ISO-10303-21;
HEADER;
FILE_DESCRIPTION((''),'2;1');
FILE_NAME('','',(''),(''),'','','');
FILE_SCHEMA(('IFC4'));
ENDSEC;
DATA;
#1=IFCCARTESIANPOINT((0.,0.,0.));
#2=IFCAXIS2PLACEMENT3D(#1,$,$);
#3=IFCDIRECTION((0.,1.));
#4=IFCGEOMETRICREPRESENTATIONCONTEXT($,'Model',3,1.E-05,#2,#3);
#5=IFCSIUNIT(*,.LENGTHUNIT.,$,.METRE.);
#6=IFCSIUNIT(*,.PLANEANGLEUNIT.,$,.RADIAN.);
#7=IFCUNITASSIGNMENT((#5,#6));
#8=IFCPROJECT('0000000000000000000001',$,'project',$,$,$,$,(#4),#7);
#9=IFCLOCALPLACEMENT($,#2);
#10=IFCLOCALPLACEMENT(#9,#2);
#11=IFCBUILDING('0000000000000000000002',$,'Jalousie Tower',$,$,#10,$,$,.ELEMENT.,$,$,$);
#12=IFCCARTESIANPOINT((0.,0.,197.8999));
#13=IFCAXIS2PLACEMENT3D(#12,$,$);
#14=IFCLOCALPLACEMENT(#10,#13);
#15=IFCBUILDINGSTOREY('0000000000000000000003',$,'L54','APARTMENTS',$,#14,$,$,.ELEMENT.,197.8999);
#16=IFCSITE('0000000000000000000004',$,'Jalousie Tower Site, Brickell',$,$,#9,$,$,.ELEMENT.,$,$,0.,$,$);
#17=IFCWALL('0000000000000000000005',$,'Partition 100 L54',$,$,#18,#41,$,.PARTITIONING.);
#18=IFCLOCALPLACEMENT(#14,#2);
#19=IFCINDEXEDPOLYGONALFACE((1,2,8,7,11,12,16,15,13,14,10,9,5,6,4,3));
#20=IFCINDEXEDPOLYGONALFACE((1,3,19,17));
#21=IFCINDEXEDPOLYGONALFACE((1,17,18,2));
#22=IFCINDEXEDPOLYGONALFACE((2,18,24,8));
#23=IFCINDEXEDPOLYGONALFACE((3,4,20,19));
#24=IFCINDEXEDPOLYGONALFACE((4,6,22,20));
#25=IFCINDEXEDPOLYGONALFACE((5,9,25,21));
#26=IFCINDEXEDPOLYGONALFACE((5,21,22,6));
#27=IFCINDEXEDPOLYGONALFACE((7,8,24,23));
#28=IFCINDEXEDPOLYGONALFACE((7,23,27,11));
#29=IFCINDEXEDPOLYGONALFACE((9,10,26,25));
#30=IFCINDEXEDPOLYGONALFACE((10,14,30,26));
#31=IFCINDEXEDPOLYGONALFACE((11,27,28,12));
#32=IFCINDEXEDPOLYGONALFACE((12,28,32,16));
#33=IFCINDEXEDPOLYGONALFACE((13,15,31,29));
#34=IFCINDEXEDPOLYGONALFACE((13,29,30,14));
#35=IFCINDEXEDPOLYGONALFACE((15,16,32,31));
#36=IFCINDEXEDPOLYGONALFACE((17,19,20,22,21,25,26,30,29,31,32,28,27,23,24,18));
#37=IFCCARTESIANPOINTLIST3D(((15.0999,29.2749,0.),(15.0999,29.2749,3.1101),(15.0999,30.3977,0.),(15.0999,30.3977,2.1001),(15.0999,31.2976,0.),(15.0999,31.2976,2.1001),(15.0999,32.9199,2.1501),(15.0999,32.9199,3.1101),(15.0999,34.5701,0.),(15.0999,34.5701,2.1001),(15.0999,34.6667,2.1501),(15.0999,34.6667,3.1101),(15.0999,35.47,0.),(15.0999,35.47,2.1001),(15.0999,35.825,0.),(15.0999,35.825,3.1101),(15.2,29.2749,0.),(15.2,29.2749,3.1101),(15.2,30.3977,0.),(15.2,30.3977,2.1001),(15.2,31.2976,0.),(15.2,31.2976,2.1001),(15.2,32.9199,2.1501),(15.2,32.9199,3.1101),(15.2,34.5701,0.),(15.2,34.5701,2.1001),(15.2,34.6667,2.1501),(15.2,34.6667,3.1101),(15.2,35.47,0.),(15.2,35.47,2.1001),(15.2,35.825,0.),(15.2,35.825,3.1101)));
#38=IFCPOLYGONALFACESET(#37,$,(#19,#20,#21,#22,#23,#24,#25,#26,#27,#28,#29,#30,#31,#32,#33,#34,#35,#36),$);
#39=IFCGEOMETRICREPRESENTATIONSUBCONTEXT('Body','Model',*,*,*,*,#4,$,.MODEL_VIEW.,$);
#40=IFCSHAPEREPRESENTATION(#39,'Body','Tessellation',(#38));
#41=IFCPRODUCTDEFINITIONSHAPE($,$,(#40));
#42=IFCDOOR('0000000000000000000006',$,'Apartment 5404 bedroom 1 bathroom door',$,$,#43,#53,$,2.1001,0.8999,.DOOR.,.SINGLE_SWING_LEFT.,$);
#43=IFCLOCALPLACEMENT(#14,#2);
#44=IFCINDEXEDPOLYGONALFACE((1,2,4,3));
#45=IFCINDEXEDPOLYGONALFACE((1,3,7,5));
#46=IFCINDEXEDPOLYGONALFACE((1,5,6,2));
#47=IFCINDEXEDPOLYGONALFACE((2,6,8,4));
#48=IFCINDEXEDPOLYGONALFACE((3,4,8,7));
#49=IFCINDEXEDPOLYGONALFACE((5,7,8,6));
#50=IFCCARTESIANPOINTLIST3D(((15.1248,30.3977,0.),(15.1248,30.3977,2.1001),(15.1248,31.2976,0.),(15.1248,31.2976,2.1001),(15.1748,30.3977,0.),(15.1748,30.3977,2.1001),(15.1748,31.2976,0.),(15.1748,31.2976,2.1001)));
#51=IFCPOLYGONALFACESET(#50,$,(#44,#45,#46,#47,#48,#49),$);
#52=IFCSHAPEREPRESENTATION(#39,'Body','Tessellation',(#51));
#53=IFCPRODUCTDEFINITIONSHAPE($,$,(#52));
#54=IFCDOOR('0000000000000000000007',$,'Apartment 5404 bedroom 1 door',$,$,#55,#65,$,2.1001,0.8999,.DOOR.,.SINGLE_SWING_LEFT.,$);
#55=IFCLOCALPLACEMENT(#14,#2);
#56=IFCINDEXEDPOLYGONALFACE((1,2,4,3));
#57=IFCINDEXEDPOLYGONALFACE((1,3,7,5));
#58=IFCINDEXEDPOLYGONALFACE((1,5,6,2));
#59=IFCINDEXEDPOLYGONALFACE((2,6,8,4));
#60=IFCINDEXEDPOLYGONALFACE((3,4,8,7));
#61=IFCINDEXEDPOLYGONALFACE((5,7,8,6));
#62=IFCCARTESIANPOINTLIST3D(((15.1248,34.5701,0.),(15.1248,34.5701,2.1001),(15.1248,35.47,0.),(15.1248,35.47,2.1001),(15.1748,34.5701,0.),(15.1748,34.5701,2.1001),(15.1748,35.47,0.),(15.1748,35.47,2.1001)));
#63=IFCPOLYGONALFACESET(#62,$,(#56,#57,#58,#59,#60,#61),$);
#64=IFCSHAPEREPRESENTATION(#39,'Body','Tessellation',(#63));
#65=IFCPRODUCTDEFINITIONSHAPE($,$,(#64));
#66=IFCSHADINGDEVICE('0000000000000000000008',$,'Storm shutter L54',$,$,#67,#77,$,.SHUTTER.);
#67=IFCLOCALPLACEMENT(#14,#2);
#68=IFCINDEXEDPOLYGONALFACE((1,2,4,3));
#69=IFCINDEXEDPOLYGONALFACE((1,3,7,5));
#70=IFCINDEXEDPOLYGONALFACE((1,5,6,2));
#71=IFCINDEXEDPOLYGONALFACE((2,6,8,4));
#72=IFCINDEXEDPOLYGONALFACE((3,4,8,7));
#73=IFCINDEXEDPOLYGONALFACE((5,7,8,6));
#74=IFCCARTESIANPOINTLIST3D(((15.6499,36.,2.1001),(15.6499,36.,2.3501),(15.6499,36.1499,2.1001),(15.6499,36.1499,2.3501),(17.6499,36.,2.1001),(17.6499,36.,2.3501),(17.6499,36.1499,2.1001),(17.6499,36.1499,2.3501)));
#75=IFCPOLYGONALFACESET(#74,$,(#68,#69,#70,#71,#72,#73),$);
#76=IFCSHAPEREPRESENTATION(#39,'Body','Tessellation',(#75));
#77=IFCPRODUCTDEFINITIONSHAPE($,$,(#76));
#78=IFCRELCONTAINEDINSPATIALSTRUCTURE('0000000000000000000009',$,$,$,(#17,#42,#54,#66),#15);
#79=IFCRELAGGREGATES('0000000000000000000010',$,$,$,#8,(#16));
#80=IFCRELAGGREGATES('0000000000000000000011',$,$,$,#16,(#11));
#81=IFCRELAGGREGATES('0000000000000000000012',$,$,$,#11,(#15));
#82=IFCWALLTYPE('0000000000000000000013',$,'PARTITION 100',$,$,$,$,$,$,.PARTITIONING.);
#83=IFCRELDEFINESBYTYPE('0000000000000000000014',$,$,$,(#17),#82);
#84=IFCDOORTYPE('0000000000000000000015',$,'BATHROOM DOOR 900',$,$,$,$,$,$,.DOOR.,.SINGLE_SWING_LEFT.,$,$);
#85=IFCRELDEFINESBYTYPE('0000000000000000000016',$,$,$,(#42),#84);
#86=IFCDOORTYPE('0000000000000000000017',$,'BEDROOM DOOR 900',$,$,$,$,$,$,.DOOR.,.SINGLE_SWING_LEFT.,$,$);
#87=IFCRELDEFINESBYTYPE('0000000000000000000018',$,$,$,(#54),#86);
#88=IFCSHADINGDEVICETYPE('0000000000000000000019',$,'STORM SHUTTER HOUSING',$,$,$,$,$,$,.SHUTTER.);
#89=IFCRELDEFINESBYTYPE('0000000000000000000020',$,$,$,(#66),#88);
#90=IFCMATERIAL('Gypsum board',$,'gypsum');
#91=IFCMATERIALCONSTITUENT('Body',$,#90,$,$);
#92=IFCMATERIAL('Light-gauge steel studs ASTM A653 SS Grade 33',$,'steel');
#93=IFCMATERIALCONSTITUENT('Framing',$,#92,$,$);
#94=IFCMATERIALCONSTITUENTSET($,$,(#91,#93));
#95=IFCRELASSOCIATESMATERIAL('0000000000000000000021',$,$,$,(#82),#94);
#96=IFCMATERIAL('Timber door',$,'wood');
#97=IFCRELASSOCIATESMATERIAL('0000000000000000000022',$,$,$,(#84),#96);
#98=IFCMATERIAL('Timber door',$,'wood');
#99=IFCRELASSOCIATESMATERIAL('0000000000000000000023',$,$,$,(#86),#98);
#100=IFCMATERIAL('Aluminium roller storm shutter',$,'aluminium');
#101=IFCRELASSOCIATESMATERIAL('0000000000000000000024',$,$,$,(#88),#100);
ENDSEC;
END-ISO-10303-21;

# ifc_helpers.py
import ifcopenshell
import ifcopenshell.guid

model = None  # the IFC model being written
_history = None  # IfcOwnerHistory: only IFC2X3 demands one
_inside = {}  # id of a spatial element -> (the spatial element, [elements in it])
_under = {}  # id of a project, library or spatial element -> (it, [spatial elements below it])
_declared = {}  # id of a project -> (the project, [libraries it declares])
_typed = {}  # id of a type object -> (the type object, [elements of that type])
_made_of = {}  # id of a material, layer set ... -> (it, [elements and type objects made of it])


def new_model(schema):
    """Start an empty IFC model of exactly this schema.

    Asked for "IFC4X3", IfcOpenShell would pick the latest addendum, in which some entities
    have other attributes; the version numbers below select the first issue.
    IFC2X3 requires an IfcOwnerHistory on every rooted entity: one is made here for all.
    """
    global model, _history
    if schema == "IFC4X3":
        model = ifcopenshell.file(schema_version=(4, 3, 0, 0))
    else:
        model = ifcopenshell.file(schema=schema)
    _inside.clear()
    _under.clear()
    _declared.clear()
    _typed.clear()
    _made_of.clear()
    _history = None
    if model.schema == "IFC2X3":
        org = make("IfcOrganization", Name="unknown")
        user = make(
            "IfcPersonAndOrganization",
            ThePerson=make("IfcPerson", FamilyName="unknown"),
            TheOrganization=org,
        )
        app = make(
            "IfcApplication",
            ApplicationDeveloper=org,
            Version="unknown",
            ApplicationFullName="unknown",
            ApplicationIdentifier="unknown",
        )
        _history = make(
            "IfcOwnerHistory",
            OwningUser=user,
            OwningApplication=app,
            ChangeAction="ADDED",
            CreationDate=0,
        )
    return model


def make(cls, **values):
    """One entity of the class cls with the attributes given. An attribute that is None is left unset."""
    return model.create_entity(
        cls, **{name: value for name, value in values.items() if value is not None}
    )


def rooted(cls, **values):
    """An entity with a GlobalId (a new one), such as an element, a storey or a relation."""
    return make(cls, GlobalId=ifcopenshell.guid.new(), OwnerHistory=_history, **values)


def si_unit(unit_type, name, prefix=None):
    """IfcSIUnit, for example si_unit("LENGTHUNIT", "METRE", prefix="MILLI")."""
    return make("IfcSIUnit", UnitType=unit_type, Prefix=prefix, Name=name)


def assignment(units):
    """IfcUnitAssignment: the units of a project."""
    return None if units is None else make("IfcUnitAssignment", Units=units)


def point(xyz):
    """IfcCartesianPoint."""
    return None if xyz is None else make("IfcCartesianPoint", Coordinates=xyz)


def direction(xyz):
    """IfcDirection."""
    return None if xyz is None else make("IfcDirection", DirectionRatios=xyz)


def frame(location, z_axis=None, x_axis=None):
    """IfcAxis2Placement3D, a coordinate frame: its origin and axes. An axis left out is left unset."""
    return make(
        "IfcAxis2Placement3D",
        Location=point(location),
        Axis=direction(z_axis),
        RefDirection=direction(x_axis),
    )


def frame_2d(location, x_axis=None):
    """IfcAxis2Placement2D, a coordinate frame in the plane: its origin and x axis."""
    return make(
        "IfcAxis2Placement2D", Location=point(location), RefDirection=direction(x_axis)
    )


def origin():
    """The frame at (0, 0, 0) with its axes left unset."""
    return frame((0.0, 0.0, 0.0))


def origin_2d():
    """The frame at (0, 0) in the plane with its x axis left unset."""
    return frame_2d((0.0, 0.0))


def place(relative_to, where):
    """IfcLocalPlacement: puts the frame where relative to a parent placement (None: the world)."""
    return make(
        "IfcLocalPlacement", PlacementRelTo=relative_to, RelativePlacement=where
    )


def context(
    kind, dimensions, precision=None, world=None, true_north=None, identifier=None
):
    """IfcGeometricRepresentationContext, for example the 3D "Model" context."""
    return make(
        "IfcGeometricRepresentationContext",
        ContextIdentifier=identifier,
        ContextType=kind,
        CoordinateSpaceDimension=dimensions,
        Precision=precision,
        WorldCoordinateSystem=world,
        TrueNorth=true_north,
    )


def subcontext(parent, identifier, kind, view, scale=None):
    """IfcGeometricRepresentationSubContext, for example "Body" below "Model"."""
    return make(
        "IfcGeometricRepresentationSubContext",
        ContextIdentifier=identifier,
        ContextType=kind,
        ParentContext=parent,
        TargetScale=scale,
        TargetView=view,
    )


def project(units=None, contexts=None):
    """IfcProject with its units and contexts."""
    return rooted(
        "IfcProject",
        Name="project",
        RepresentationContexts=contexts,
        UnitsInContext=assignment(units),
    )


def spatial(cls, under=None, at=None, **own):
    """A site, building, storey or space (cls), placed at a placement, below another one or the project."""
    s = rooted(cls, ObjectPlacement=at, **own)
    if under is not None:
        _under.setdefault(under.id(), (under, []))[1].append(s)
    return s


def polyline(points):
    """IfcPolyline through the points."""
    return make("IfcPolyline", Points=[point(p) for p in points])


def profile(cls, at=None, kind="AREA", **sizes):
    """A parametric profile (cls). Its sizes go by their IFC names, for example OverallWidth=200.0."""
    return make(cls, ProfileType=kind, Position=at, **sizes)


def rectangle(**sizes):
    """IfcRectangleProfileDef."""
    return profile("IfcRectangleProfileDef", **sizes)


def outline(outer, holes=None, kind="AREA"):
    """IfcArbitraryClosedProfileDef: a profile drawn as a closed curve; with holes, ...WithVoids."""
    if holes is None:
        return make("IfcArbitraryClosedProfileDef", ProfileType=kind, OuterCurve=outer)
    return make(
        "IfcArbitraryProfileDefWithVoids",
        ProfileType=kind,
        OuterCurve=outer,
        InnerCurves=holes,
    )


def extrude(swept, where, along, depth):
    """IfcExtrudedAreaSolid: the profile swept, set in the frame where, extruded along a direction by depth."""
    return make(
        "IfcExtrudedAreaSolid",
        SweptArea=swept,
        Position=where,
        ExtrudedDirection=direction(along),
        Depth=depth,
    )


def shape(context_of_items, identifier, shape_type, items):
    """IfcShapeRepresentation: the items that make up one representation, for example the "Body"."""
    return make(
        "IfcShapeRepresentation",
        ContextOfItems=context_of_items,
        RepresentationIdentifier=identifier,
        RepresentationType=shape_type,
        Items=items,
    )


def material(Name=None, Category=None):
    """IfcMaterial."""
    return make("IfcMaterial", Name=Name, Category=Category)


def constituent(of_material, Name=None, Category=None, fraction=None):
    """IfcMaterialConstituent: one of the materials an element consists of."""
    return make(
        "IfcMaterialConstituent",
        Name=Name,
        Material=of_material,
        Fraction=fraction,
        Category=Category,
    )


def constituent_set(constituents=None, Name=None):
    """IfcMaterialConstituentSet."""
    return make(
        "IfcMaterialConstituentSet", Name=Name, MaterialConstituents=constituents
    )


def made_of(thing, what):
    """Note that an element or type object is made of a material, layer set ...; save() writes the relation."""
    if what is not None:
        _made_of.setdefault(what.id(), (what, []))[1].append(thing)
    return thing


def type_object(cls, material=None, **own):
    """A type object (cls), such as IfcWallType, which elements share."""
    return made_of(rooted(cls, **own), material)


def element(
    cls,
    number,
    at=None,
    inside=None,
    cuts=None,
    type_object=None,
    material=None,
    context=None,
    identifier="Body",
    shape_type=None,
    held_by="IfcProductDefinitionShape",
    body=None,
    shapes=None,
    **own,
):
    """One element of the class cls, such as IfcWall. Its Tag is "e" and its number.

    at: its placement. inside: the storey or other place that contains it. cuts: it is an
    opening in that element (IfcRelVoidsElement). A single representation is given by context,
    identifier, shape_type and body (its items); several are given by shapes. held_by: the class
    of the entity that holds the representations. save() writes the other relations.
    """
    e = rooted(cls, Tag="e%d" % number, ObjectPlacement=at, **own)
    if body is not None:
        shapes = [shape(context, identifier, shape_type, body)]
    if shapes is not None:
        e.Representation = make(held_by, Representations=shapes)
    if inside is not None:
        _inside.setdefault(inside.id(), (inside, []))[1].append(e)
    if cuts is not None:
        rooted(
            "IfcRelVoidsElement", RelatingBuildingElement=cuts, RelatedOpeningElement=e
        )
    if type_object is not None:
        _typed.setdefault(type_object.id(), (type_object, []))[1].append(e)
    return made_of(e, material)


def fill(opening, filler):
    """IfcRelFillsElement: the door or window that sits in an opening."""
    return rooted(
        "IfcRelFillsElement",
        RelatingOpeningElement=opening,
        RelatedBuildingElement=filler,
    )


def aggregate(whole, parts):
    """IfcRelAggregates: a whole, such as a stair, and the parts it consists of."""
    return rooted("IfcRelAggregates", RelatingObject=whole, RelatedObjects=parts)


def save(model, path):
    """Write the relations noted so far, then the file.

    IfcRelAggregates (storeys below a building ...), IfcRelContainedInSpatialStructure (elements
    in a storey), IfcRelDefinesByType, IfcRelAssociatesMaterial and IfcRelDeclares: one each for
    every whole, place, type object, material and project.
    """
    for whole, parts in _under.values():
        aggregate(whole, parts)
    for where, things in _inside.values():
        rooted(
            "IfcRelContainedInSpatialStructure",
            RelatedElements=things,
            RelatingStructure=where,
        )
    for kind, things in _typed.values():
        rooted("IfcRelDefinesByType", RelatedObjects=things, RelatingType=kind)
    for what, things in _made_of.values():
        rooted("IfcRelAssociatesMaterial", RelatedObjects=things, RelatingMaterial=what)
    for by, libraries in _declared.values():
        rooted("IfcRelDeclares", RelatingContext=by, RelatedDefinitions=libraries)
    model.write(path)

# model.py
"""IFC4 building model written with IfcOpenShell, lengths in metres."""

from ifc_helpers import new_model, si_unit, direction, frame, frame_2d, origin, origin_2d, place, context, subcontext, project, spatial, polyline, rectangle, outline, extrude, material, constituent, constituent_set, type_object, element, fill, save


model = new_model("IFC4")

# Units and contexts
model_context = context("Model", 3, precision=1e-05, world=origin(), true_north=direction((0.0, 1.0)))
body_context = subcontext(model_context, "Body", "Model", "MODEL_VIEW")
ifc_project = project(units=[si_unit("LENGTHUNIT", "METRE"), si_unit("PLANEANGLEUNIT", "RADIAN")], contexts=[model_context])

# Site, building, storey
site_placement = place(None, origin())
site = spatial("IfcSite", under=ifc_project, at=site_placement, Name="Jalousie Tower Site, Brickell", CompositionType="ELEMENT", RefElevation=0.0)
building_placement = place(site_placement, origin())
building = spatial("IfcBuilding", under=site, at=building_placement, Name="Jalousie Tower", CompositionType="ELEMENT")
storey_placement = place(building_placement, frame((0.0, 0.0, 197.8999)))
storey = spatial("IfcBuildingStorey", under=building, at=storey_placement, Name="L54", Description="APARTMENTS", CompositionType="ELEMENT", Elevation=197.8999)

# Wall, openings, doors
ifc_material_1 = material(Name="Gypsum board", Category="gypsum")
ifc_constituent_1 = constituent(ifc_material_1, Name="Body")
ifc_material_2 = material(Name="Light-gauge steel studs ASTM A653 SS Grade 33", Category="steel")
ifc_constituent_2 = constituent(ifc_material_2, Name="Framing")
ifc_constituent_set = constituent_set(constituents=[ifc_constituent_1, ifc_constituent_2])
wall_type = type_object("IfcWallType", Name="PARTITION 100", PredefinedType="PARTITIONING", material=ifc_constituent_set)
wall_placement = place(storey_placement, frame((15.1499, 35.825, 0.0), z_axis=(0.0, 0.0, 1.0), x_axis=(0.0, -1.0, 0.0)))
wall = element("IfcWall", 1, at=wall_placement, inside=storey, type_object=wall_type, Name="Partition 100 L54", PredefinedType="PARTITIONING", context=body_context, shape_type="SweptSolid", body=[
    extrude(outline(polyline([(0.0, 0.0), (6.55, 0.0), (6.55, 3.1101), (2.905, 3.1101), (2.905, 2.1501), (1.1582, 2.1501), (1.1582, 3.1101), (0.0, 3.1101), (0.0, 0.0)])), frame((0.0, 0.05, 0.0), z_axis=(0.0, -1.0, 0.0), x_axis=(1.0, 0.0, 0.0)), (0.0, 0.0, 1.0), 0.1001),
])
opening_1_placement = place(wall_placement, frame((0.355, 0.0, 0.0)))
opening_1 = element("IfcOpeningElement", 2, at=opening_1_placement, cuts=wall, PredefinedType="OPENING", context=body_context, shape_type="SweptSolid", body=[
    extrude(rectangle(XDim=0.8999, YDim=2.1001, at=frame_2d((0.45, 1.05))), frame((0.0, 0.0601, 0.0), z_axis=(0.0, -1.0, 0.0), x_axis=(1.0, 0.0, 0.0)), (0.0, 0.0, 1.0), 0.1201),
])
opening_2_placement = place(wall_placement, frame((4.5273, 0.0, 0.0)))
opening_2 = element("IfcOpeningElement", 3, at=opening_2_placement, cuts=wall, PredefinedType="OPENING", context=body_context, shape_type="SweptSolid", body=[
    extrude(rectangle(XDim=0.8999, YDim=2.1001, at=frame_2d((0.45, 1.05))), frame((0.0, 0.0601, 0.0), z_axis=(0.0, -1.0, 0.0), x_axis=(1.0, 0.0, 0.0)), (0.0, 0.0, 1.0), 0.1201),
])
ifc_material_3 = material(Name="Timber door", Category="wood")
door_type_1 = type_object("IfcDoorType", Name="BATHROOM DOOR 900", OperationType="SINGLE_SWING_LEFT", PredefinedType="DOOR", material=ifc_material_3)
door_1_placement = place(opening_2_placement, origin())
door_1 = element("IfcDoor", 4, at=door_1_placement, inside=storey, type_object=door_type_1, Name="Apartment 5404 bedroom 1 bathroom door", OperationType="SINGLE_SWING_LEFT", OverallHeight=2.1001, OverallWidth=0.8999, PredefinedType="DOOR", context=body_context, shape_type="SweptSolid", body=[
    extrude(rectangle(XDim=0.8999, YDim=2.1001, at=frame_2d((0.45, 1.05))), frame((0.0, 0.0249, 0.0), z_axis=(0.0, -1.0, 0.0), x_axis=(1.0, 0.0, 0.0)), (0.0, 0.0, 1.0), 0.05),
])
fill(opening_2, door_1)
ifc_material_4 = material(Name="Timber door", Category="wood")
door_type_2 = type_object("IfcDoorType", Name="BEDROOM DOOR 900", OperationType="SINGLE_SWING_LEFT", PredefinedType="DOOR", material=ifc_material_4)
door_2_placement = place(opening_1_placement, origin())
door_2 = element("IfcDoor", 5, at=door_2_placement, inside=storey, type_object=door_type_2, Name="Apartment 5404 bedroom 1 door", OperationType="SINGLE_SWING_LEFT", OverallHeight=2.1001, OverallWidth=0.8999, PredefinedType="DOOR", context=body_context, shape_type="SweptSolid", body=[
    extrude(rectangle(XDim=0.8999, YDim=2.1001, at=frame_2d((0.45, 1.05))), frame((0.0, 0.0249, 0.0), z_axis=(0.0, -1.0, 0.0), x_axis=(1.0, 0.0, 0.0)), (0.0, 0.0, 1.0), 0.05),
])
fill(opening_1, door_2)

# Shading device
ifc_material_5 = material(Name="Aluminium roller storm shutter", Category="aluminium")
shading_device_type = type_object("IfcShadingDeviceType", Name="STORM SHUTTER HOUSING", PredefinedType="SHUTTER", material=ifc_material_5)
shading_device_placement = place(storey_placement, frame((16.6499, 36.075, 2.1001), z_axis=(0.0, 0.0, 1.0), x_axis=(-1.0, 0.0, 0.0)))
element("IfcShadingDevice", 6, at=shading_device_placement, inside=storey, type_object=shading_device_type, Name="Storm shutter L54", PredefinedType="SHUTTER", context=body_context, shape_type="SweptSolid", body=[
    extrude(rectangle(XDim=2.0, YDim=0.1499, at=origin_2d()), origin(), (0.0, 0.0, 1.0), 0.25),
])

save(model, "model.ifc")
